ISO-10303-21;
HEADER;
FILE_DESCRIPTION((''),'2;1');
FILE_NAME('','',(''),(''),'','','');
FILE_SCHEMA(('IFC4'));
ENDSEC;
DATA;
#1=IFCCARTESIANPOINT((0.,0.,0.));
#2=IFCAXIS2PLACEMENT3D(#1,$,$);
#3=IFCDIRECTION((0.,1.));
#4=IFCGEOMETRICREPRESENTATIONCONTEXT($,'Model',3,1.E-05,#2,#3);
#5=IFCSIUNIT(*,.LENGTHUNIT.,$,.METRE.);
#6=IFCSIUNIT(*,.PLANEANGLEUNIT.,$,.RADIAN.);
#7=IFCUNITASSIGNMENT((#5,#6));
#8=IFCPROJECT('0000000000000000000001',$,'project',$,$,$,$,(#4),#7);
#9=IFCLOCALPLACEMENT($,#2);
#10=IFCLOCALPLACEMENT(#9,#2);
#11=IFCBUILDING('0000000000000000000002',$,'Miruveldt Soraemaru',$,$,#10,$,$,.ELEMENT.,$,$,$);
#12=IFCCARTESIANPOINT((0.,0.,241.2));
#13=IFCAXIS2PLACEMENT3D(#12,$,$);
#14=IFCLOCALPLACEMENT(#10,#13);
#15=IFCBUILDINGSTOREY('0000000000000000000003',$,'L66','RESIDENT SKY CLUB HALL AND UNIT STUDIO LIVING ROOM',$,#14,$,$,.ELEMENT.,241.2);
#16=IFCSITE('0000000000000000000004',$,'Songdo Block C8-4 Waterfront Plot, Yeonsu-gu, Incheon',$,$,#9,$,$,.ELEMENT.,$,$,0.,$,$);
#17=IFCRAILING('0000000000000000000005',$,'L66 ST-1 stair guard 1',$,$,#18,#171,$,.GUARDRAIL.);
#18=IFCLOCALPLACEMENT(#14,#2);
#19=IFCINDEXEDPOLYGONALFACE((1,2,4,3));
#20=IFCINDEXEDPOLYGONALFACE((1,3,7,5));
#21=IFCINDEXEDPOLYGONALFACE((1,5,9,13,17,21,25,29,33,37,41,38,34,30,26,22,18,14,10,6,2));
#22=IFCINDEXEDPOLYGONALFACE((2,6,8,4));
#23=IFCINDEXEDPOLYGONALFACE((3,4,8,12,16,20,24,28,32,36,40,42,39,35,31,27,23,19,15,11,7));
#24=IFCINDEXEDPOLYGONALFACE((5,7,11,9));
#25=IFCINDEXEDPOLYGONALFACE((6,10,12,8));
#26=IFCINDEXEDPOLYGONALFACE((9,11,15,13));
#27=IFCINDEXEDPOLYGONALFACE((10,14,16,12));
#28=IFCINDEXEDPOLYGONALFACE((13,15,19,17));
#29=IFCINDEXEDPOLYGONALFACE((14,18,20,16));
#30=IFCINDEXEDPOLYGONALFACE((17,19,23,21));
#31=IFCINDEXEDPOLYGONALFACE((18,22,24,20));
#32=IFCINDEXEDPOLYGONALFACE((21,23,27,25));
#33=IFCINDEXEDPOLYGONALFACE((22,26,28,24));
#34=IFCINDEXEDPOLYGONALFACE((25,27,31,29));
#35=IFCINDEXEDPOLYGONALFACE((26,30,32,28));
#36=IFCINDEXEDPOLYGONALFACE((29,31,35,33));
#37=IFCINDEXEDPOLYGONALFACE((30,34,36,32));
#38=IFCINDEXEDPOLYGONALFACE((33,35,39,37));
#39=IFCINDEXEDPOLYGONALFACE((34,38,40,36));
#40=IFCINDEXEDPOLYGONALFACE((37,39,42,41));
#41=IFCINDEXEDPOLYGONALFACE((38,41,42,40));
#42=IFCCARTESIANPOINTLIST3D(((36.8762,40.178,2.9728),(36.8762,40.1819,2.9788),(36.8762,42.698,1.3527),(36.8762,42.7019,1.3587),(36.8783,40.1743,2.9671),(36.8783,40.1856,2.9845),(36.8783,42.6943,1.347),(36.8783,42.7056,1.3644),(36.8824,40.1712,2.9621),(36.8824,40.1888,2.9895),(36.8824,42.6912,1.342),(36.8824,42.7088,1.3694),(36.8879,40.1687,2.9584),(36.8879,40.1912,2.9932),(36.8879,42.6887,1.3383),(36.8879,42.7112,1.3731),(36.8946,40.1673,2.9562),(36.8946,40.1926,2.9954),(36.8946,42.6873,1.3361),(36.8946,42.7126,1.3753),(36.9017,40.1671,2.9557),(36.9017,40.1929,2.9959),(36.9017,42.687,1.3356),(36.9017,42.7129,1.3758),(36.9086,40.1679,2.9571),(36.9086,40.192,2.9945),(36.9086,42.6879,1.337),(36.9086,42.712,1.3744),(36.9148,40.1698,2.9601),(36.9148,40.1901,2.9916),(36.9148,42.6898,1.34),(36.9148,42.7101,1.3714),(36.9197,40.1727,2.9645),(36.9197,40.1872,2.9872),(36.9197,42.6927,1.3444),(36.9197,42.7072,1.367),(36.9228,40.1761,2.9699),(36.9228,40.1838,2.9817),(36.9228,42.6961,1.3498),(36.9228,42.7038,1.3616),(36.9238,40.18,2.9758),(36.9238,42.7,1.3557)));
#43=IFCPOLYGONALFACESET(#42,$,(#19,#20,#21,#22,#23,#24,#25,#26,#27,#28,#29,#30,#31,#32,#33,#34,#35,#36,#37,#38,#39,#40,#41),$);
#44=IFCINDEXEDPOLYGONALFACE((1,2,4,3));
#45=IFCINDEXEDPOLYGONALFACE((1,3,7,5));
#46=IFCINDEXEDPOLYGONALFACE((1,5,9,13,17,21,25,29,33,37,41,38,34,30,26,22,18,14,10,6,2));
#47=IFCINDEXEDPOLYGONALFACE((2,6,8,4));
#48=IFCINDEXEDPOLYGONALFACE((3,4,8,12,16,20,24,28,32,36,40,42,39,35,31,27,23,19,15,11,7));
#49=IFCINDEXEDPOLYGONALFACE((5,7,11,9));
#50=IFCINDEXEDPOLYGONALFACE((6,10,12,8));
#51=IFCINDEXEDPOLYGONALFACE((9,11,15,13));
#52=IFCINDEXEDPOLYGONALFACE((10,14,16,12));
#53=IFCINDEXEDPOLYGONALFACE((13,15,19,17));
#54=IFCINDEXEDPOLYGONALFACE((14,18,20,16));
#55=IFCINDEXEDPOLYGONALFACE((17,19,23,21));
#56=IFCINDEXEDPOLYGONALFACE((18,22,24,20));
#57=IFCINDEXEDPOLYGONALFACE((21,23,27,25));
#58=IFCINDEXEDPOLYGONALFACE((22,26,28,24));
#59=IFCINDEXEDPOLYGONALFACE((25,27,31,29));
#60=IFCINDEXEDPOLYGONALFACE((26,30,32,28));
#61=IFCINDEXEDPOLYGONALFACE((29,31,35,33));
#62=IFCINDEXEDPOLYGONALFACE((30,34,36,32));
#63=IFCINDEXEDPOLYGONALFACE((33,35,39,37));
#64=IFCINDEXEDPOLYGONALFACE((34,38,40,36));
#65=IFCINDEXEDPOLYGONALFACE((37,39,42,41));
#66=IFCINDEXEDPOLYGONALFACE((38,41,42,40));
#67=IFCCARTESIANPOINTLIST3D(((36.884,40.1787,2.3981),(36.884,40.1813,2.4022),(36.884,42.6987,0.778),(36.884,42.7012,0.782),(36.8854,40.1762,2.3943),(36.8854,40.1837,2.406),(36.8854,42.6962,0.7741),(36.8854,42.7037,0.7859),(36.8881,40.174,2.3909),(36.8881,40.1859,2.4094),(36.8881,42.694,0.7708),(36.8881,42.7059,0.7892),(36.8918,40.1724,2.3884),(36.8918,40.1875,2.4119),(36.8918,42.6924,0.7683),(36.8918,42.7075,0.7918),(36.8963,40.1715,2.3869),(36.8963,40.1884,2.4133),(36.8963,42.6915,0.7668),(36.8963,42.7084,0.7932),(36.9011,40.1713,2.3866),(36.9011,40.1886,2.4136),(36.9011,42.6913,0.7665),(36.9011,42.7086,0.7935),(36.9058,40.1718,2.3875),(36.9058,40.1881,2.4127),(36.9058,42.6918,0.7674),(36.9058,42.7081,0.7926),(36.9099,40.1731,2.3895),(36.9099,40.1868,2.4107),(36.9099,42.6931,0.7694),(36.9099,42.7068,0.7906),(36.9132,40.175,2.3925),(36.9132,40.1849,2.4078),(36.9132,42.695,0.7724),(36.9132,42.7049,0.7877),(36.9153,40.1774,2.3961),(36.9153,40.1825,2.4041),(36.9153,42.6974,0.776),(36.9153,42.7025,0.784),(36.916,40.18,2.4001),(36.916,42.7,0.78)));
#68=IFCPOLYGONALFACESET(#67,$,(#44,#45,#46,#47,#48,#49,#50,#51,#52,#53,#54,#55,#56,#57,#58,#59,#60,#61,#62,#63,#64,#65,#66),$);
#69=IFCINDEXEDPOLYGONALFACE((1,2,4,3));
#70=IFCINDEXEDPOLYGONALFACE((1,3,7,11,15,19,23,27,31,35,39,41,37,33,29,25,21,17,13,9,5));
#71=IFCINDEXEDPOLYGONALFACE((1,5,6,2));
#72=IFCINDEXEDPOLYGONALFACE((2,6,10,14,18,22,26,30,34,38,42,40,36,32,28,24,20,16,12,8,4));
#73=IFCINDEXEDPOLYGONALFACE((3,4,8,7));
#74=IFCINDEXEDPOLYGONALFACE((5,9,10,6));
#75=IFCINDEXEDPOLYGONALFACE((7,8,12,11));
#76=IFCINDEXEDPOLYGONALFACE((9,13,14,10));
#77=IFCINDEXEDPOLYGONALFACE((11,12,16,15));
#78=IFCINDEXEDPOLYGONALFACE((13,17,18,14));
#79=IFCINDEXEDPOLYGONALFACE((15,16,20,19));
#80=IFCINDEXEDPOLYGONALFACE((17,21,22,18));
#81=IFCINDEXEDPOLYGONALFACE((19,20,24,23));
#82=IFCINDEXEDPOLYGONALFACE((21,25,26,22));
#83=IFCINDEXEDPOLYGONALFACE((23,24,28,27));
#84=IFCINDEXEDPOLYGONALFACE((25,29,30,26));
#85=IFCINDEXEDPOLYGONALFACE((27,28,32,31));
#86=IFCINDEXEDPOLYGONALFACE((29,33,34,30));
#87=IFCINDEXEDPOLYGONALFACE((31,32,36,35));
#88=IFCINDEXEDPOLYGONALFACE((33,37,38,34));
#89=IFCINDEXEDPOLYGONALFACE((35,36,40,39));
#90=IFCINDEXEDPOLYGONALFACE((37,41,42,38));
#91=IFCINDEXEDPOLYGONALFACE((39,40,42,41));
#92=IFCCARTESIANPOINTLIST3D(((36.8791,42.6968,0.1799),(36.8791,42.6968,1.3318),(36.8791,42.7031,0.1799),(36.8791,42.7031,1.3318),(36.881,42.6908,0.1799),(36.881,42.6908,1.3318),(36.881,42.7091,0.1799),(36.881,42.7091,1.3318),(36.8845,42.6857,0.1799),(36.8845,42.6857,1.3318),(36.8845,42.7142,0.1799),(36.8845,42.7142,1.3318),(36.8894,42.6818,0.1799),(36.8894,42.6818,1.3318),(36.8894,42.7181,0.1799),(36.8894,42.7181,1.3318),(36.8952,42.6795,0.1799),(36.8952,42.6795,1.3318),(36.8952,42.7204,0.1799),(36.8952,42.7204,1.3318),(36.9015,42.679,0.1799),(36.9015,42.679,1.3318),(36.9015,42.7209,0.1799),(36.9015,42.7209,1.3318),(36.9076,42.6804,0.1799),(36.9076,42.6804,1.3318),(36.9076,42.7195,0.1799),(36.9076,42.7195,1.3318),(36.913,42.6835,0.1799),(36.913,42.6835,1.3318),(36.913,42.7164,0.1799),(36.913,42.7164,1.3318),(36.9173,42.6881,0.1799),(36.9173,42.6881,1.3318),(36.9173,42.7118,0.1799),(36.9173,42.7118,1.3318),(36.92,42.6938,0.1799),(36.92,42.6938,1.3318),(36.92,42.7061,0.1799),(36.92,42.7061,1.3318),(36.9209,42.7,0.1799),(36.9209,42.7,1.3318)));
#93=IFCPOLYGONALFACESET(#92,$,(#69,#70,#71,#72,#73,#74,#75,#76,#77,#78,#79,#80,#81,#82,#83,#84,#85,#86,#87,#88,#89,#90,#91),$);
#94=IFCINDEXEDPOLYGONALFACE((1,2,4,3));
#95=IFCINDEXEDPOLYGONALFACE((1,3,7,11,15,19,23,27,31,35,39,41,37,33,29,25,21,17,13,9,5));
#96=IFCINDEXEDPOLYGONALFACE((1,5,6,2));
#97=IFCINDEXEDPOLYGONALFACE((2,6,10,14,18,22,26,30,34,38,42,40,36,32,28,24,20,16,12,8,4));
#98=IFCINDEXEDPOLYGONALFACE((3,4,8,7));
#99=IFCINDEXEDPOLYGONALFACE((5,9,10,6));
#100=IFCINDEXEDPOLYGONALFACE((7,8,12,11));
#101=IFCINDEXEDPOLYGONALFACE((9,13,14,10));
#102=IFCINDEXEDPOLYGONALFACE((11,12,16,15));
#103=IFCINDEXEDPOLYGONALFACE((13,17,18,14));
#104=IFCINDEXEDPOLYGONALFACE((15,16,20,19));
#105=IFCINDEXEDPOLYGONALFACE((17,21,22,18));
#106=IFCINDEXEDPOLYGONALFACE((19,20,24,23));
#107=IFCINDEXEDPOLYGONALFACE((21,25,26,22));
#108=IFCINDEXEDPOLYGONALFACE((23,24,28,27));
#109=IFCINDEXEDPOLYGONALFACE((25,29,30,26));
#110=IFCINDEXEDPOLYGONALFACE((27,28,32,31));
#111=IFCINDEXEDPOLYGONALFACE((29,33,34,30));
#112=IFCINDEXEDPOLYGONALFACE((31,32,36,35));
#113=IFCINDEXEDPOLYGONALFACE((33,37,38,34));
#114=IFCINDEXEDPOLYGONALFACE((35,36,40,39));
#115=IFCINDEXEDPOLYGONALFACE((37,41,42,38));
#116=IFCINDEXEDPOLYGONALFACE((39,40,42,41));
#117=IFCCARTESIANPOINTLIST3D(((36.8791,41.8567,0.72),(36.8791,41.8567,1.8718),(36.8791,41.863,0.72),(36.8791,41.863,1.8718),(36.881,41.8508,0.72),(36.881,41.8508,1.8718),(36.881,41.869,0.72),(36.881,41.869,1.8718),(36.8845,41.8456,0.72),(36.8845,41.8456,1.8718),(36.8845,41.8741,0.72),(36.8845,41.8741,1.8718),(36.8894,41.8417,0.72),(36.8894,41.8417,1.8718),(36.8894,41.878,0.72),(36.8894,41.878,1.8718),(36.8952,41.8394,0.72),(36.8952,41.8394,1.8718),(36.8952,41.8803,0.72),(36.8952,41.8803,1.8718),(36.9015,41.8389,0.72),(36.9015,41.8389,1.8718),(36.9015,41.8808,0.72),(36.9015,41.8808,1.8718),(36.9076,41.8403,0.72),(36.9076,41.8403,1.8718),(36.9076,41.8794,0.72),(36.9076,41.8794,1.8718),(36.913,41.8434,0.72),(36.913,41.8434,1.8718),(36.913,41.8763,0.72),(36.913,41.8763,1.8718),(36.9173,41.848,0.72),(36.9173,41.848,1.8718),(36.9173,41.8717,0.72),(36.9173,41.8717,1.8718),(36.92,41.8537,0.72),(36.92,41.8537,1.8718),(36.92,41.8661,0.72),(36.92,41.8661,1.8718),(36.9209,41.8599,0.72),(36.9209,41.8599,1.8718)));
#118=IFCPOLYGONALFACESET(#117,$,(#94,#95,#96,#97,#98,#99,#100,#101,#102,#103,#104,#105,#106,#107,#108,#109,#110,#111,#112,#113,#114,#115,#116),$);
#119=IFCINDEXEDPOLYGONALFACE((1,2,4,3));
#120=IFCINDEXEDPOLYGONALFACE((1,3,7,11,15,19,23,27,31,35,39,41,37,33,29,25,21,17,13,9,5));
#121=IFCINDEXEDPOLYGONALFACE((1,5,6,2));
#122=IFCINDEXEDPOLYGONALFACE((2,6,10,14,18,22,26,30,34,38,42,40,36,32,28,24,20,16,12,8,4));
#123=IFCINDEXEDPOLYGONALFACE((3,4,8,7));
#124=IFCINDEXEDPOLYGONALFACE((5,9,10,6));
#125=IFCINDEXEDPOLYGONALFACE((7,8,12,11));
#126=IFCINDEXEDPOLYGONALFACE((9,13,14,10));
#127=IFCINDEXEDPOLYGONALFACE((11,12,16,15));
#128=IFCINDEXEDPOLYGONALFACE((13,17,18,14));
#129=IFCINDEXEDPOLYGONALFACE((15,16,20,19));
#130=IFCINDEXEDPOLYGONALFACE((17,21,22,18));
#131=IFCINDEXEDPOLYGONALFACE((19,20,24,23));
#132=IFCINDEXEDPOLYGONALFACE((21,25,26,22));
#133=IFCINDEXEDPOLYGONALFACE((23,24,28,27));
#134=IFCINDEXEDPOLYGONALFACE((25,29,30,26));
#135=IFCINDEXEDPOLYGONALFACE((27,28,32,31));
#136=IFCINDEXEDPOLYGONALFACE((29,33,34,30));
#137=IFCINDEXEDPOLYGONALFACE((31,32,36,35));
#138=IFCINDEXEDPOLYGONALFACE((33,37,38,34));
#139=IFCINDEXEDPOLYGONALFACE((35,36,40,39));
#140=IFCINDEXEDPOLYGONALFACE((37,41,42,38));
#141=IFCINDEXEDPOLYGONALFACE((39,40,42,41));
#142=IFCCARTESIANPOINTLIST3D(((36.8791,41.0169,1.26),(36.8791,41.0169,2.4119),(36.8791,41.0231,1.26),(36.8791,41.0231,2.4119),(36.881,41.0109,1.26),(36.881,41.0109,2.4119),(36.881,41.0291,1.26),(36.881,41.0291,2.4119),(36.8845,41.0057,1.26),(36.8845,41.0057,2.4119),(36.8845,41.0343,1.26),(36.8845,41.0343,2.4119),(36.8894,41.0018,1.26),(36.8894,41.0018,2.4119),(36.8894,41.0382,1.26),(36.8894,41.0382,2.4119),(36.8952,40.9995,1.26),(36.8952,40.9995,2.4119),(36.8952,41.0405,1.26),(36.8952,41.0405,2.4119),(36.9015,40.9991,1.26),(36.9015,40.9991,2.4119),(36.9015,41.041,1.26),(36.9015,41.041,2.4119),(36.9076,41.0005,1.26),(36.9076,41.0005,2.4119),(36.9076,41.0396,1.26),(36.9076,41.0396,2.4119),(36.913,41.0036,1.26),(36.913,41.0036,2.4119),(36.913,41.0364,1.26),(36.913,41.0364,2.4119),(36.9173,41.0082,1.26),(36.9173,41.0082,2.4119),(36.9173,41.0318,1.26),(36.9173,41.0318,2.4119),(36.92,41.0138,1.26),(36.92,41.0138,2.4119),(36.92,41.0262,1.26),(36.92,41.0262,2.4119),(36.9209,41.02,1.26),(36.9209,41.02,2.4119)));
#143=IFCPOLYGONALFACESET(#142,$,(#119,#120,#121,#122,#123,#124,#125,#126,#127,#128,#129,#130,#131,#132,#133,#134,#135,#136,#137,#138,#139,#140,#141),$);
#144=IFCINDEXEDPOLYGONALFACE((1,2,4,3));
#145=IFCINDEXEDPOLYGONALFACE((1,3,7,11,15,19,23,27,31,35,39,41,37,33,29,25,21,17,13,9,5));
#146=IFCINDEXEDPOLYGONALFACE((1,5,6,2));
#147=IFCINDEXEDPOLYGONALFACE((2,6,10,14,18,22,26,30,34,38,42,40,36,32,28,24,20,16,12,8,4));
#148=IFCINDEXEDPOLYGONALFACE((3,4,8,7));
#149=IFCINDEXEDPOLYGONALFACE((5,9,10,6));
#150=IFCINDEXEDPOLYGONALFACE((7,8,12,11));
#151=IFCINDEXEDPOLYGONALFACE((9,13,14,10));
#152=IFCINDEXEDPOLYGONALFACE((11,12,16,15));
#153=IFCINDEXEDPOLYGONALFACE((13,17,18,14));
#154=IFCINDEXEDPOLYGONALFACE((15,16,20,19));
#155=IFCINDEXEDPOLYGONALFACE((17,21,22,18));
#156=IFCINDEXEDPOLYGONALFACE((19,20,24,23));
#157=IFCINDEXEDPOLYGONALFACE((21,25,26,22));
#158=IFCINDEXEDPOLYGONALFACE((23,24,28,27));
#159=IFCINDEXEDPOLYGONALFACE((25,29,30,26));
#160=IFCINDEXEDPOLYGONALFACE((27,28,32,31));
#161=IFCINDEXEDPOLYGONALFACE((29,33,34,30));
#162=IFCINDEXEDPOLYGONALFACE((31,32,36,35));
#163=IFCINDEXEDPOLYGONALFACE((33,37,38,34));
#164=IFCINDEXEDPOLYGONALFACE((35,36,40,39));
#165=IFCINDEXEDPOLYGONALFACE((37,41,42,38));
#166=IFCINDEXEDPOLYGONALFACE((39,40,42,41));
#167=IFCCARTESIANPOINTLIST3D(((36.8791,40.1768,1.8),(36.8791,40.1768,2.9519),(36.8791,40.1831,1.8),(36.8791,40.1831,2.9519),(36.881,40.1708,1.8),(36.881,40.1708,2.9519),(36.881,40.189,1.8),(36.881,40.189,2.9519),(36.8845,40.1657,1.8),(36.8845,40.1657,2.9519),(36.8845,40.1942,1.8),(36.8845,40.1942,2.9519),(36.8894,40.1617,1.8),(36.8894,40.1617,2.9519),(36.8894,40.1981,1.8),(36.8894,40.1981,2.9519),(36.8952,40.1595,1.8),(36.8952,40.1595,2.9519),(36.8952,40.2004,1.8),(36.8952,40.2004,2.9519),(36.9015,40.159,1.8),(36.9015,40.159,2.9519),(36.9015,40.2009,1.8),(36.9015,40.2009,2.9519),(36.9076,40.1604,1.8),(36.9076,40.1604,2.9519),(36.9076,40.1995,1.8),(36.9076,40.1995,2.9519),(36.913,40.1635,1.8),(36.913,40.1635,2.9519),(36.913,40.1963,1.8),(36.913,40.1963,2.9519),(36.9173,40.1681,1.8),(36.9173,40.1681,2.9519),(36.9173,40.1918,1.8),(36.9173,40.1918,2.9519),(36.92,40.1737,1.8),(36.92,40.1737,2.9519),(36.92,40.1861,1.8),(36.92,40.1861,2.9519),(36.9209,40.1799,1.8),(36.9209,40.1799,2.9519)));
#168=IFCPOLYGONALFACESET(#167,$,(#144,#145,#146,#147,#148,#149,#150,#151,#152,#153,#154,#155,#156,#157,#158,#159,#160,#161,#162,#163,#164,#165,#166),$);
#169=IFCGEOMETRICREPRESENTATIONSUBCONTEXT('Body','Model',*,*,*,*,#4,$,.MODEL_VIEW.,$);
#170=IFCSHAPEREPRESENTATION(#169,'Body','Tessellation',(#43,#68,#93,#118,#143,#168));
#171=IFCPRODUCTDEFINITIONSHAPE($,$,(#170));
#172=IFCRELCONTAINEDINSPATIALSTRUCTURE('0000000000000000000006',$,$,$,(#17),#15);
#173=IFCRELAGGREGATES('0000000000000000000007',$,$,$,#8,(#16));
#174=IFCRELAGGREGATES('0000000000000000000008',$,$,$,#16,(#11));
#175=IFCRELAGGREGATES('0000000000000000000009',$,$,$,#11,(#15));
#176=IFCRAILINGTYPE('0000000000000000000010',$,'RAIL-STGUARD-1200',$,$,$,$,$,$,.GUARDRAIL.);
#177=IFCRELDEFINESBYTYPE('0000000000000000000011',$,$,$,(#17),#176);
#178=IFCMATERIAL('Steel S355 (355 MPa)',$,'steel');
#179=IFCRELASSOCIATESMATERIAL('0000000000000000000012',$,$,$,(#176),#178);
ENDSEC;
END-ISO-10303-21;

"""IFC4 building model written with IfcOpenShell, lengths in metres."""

from ifc_helpers import new_model, si_unit, direction, frame, origin, origin_2d, place, context, subcontext, project, spatial, circle, extrude, material, type_object, element, save


model = new_model("IFC4")

# Units and contexts
model_context = context("Model", 3, precision=1e-05, world=origin(), true_north=direction((0.0, 1.0)))
body_context = subcontext(model_context, "Body", "Model", "MODEL_VIEW")
ifc_project = project(units=[si_unit("LENGTHUNIT", "METRE"), si_unit("PLANEANGLEUNIT", "RADIAN")], contexts=[model_context])

# Site, building, storey
site_placement = place(None, origin())
site = spatial("IfcSite", under=ifc_project, at=site_placement, Name="Songdo Block C8-4 Waterfront Plot, Yeonsu-gu, Incheon", CompositionType="ELEMENT", RefElevation=0.0)
building_placement = place(site_placement, origin())
building = spatial("IfcBuilding", under=site, at=building_placement, Name="Miruveldt Soraemaru", CompositionType="ELEMENT")
storey_placement = place(building_placement, frame((0.0, 0.0, 241.2)))
storey = spatial("IfcBuildingStorey", under=building, at=storey_placement, Name="L66", Description="RESIDENT SKY CLUB HALL AND UNIT STUDIO LIVING ROOM", CompositionType="ELEMENT", Elevation=241.2)

# Railing
ifc_material_1 = material(Name="Steel S355 (355 MPa)", Category="steel")
railing_type_1 = type_object("IfcRailingType", Name="RAIL-STGUARD-1200", PredefinedType="GUARDRAIL", material=ifc_material_1)
railing_1_placement = place(storey_placement, frame((36.8999, 42.7, 0.1799)))
element("IfcRailing", 1, at=railing_1_placement, inside=storey, type_object=railing_type_1, Name="L66 ST-1 stair guard 1", PredefinedType="GUARDRAIL", context=body_context, shape_type="SweptSolid", body=[
    extrude(circle(Radius=0.0239, at=origin_2d()), frame((0.0, 0.0, 1.1758), z_axis=(0.0, -0.841163, 0.540782), x_axis=(1.0, 0.0, 0.0)), (0.0, 0.0, 1.0), 2.9958),
    extrude(circle(Radius=0.0161, at=origin_2d()), frame((0.0, 0.0, 0.6001), z_axis=(0.0, -0.841163, 0.540782), x_axis=(1.0, 0.0, 0.0)), (0.0, 0.0, 1.0), 2.9958),
    extrude(circle(Radius=0.021, at=origin_2d()), origin(), (0.0, 0.0, 1.0), 1.1519),
    extrude(circle(Radius=0.021, at=origin_2d()), frame((0.0, -0.8401, 0.54)), (0.0, 0.0, 1.0), 1.1519),
    extrude(circle(Radius=0.021, at=origin_2d()), frame((0.0, -1.6799, 1.0801)), (0.0, 0.0, 1.0), 1.1519),
    extrude(circle(Radius=0.021, at=origin_2d()), frame((0.0, -2.52, 1.6201)), (0.0, 0.0, 1.0), 1.1519),
])

save(model, "model.ifc")
